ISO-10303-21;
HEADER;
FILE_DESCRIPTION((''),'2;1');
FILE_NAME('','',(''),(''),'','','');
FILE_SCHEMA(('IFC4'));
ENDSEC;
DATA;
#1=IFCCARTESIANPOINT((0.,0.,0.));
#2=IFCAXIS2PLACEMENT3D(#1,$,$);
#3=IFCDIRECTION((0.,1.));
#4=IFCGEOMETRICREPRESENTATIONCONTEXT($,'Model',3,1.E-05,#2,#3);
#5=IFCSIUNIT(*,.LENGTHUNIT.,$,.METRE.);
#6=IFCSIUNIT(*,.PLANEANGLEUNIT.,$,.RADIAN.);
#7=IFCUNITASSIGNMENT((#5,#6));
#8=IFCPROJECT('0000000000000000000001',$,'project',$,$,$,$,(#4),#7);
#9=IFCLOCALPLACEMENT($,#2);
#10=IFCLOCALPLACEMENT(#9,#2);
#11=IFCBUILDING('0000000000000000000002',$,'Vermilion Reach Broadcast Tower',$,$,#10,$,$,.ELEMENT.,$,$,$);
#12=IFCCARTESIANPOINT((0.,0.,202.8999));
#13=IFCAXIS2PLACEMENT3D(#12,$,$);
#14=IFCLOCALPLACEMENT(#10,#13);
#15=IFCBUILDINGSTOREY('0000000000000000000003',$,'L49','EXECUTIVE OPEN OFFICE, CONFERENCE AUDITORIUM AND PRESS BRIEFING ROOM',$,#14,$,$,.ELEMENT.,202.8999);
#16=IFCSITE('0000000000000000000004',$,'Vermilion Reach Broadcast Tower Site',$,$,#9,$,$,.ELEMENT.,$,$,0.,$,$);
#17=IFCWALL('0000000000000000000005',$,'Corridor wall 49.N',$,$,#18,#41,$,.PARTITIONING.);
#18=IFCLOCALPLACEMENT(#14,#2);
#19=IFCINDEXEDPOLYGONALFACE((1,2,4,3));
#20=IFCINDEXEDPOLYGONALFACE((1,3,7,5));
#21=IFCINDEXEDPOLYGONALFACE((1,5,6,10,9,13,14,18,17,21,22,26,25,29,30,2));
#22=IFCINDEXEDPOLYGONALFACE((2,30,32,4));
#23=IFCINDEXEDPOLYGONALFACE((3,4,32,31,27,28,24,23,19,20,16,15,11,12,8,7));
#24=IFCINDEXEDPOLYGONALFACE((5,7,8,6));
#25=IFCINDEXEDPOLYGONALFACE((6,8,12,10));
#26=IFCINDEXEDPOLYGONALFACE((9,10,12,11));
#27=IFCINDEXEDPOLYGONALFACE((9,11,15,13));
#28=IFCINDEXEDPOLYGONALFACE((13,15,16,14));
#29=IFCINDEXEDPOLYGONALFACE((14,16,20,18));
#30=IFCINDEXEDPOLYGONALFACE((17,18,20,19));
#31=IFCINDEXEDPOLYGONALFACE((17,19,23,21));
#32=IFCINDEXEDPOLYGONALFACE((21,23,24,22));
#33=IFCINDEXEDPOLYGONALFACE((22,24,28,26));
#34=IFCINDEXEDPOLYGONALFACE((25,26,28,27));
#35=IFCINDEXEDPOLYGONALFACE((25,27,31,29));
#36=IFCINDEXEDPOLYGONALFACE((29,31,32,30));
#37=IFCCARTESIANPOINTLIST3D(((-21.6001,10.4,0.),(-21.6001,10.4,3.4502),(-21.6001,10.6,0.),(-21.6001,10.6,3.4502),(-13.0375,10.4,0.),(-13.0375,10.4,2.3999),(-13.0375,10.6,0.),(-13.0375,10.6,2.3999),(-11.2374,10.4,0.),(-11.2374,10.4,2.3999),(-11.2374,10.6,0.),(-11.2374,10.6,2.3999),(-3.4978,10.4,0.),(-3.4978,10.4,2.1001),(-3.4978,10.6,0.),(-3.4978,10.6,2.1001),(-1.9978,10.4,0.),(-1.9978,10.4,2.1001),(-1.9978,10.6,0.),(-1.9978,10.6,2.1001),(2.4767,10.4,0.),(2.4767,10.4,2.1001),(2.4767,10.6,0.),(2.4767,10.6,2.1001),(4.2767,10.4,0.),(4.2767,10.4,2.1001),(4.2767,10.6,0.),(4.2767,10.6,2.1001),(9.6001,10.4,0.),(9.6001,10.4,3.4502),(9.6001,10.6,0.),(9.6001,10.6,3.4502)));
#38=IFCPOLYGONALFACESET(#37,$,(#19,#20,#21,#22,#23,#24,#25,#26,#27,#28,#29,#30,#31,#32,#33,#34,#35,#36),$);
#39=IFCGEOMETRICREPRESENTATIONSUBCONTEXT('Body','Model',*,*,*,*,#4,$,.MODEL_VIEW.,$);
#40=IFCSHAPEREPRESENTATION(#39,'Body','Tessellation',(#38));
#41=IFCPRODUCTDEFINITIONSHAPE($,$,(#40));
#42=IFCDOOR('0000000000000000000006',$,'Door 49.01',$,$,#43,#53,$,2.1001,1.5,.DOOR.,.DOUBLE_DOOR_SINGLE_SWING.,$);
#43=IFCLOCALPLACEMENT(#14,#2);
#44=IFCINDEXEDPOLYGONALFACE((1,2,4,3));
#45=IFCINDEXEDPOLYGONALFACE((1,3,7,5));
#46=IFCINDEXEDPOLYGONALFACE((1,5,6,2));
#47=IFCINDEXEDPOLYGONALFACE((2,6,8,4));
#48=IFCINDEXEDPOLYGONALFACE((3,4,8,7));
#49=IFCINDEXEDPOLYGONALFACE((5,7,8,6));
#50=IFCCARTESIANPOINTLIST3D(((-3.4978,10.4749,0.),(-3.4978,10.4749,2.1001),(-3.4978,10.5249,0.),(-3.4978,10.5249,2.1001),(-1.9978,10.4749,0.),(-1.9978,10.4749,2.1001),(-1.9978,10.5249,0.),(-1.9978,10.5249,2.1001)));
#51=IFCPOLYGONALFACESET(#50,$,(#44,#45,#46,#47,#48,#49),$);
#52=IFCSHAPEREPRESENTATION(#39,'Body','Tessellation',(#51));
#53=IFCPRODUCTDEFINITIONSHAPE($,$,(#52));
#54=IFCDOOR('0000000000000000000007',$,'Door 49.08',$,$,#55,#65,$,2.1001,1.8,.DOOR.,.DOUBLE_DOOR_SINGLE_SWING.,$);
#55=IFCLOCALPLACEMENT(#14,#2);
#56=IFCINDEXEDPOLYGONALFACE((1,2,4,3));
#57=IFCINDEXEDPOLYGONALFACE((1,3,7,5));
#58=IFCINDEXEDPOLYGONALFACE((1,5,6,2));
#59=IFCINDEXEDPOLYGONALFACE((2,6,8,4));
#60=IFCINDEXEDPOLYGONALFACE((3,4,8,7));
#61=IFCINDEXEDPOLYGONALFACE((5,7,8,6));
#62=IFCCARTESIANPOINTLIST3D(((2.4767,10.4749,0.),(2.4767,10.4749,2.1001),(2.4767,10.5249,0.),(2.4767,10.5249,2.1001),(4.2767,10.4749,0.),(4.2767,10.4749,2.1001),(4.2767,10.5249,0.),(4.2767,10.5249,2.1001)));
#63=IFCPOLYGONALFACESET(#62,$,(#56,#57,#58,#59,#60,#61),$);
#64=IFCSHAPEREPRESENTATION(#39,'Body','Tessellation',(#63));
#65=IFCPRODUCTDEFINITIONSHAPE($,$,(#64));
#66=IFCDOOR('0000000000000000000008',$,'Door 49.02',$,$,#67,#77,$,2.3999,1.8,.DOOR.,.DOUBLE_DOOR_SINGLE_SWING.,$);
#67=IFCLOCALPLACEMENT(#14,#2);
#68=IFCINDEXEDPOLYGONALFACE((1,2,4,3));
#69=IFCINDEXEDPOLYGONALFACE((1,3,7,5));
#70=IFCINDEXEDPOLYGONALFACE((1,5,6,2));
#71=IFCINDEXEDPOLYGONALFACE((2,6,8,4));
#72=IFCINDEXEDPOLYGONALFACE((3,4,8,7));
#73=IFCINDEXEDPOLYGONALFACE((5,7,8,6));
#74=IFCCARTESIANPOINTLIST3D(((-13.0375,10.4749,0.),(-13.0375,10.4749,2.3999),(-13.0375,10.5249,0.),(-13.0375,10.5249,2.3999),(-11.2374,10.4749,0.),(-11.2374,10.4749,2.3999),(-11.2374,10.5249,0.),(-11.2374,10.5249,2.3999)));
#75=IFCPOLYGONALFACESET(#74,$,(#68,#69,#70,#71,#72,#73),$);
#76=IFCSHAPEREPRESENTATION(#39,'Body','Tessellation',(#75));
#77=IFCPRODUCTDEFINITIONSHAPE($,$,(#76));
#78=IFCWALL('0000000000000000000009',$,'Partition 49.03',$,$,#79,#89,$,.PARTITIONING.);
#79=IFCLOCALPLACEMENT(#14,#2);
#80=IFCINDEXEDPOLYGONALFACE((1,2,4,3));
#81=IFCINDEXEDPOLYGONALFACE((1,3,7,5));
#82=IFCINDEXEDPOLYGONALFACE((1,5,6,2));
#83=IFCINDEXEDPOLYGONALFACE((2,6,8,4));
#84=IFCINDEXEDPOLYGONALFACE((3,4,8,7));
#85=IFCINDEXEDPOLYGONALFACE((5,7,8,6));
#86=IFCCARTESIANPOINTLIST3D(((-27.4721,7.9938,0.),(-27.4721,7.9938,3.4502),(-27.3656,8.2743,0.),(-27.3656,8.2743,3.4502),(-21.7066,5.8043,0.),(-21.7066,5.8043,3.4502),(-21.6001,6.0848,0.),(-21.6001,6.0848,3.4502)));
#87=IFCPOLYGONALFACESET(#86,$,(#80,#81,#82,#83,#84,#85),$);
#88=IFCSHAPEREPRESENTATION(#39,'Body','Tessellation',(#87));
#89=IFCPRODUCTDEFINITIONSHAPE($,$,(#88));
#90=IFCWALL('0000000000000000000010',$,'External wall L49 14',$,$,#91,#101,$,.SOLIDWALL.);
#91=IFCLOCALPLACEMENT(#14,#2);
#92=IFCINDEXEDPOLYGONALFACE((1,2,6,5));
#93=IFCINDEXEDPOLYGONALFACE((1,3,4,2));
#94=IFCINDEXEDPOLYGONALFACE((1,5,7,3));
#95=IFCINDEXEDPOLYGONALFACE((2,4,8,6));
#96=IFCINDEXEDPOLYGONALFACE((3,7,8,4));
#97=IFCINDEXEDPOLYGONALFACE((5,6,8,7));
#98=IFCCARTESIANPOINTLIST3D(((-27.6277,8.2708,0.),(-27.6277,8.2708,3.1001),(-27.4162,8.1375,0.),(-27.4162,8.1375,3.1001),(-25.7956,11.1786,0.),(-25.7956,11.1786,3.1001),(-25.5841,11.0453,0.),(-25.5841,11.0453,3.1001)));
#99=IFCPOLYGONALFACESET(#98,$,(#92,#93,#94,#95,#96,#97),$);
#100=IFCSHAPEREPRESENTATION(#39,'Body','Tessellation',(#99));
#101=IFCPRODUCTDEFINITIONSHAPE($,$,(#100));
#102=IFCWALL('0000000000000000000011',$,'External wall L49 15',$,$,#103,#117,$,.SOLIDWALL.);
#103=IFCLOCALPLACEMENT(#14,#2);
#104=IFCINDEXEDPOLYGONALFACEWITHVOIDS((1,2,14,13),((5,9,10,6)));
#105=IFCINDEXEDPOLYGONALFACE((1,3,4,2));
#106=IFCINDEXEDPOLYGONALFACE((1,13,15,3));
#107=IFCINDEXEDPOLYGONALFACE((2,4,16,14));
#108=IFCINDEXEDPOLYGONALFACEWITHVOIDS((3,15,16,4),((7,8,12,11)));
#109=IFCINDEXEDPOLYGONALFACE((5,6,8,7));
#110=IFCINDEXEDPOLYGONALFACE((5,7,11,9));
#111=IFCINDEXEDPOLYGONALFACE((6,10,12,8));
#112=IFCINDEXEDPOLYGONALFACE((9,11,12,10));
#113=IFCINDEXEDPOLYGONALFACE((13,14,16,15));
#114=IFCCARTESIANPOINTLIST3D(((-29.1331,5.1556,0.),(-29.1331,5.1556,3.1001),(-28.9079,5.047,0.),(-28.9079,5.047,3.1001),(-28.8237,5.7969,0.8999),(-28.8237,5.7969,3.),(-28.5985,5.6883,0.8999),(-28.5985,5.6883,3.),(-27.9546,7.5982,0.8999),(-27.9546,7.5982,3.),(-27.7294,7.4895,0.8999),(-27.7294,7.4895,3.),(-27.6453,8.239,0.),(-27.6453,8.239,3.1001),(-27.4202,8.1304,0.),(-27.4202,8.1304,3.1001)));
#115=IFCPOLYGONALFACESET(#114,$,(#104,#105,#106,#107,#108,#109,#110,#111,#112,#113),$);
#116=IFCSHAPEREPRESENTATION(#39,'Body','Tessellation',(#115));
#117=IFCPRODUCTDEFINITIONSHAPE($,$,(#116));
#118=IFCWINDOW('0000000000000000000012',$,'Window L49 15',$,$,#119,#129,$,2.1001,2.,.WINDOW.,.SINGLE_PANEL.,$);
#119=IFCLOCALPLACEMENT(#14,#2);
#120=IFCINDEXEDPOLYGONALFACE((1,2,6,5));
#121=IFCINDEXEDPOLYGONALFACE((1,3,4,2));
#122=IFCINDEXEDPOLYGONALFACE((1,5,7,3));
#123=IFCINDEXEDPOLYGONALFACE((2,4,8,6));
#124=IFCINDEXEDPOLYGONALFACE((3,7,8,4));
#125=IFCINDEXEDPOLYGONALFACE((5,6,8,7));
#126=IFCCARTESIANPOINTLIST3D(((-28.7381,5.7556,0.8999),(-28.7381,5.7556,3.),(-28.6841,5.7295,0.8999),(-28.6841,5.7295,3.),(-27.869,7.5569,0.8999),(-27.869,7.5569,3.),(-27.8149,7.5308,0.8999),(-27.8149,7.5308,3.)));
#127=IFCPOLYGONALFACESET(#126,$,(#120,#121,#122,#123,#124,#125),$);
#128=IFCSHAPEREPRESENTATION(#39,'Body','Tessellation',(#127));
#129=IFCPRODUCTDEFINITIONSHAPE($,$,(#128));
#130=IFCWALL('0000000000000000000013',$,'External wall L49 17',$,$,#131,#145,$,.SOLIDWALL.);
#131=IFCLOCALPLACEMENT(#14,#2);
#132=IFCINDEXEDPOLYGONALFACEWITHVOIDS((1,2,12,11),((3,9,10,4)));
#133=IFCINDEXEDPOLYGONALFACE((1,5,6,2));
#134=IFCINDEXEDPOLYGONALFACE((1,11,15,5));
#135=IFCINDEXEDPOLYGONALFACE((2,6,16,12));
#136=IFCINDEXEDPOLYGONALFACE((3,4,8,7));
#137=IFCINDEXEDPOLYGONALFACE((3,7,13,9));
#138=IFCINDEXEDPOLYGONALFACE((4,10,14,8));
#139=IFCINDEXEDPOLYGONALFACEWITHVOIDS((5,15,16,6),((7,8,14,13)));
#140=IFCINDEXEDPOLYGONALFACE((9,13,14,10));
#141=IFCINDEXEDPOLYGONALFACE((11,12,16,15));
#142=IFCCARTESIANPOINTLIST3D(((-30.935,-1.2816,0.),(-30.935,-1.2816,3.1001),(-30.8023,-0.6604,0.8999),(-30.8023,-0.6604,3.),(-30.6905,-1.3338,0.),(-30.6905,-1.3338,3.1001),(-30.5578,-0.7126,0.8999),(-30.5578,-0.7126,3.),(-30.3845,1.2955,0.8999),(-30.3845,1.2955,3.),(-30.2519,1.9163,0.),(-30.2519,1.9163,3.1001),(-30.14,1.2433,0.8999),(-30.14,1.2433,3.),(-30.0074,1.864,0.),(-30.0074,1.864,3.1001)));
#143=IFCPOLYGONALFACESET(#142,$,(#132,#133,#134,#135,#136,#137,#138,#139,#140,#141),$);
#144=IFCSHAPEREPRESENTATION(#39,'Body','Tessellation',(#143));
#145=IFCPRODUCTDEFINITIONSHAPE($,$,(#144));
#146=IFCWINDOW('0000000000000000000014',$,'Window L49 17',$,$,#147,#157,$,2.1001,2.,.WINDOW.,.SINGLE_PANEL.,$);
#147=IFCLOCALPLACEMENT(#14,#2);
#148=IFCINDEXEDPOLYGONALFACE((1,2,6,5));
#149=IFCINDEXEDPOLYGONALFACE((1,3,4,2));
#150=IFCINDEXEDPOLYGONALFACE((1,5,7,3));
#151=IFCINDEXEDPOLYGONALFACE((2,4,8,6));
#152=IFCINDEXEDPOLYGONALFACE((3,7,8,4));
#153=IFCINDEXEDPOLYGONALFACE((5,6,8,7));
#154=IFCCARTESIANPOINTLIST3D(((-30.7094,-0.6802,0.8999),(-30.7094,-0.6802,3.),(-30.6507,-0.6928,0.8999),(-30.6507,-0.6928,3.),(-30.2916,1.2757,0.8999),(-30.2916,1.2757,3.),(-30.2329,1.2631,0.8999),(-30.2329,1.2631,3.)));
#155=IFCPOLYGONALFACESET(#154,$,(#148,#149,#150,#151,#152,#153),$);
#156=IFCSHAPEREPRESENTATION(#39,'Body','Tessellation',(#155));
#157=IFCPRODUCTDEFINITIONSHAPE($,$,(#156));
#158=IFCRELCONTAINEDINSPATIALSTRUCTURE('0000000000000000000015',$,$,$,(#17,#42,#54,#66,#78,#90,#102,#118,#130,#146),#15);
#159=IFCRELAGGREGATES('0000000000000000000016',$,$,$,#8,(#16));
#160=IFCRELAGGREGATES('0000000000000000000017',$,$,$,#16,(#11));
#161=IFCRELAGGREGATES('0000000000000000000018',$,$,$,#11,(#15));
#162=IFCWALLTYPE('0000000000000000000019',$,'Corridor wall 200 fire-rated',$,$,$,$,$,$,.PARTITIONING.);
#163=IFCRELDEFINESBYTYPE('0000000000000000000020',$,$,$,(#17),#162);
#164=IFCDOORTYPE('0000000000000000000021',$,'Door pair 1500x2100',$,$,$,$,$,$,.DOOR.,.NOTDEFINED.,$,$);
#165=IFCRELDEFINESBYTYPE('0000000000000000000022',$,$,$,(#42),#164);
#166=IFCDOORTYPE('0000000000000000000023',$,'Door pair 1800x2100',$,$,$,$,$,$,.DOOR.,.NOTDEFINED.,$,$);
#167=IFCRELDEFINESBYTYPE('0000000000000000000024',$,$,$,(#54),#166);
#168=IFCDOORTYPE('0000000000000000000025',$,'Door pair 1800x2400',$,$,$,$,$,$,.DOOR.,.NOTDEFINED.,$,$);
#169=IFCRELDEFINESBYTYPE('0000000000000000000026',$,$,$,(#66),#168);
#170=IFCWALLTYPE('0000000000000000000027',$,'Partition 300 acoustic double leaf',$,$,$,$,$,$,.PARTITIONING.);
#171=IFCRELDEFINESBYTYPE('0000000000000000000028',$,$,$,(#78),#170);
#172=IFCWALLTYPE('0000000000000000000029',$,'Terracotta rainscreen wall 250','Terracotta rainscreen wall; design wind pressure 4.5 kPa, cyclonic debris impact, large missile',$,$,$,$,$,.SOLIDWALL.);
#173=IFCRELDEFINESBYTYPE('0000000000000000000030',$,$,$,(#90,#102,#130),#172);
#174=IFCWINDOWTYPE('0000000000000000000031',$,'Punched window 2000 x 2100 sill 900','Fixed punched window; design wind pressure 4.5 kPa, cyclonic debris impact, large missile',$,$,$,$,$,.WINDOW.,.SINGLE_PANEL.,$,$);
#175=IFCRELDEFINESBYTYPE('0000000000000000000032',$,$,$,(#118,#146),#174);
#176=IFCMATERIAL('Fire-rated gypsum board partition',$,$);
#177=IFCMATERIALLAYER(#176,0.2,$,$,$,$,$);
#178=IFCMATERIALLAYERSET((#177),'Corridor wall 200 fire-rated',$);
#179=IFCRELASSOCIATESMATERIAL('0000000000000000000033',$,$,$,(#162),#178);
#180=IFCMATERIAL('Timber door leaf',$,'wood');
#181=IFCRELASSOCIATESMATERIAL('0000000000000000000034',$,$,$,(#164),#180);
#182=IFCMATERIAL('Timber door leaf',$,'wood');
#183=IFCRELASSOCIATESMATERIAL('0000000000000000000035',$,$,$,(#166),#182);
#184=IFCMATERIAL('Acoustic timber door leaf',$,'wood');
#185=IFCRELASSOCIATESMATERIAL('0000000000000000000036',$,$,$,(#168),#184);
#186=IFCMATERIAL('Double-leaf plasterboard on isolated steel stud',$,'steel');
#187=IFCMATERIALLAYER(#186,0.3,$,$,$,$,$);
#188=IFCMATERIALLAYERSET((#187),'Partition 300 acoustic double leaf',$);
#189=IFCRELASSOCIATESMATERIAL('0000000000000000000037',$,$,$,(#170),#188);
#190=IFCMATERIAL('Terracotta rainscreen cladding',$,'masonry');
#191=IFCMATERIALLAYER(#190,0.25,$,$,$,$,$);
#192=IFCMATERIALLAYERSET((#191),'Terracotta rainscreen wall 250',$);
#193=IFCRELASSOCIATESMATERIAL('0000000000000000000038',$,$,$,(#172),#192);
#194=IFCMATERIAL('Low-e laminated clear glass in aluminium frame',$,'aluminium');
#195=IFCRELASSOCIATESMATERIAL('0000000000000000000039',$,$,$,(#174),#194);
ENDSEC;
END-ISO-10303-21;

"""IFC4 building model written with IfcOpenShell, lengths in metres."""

from ifc_helpers import new_model, si_unit, direction, frame, frame_2d, origin, place, context, subcontext, project, spatial, rectangle, extrude, material, layer, layer_set, type_object, element, fill, save


model = new_model("IFC4")

# Units and contexts
model_context = context("Model", 3, precision=1e-05, world=origin(), true_north=direction((0.0, 1.0)))
body_context = subcontext(model_context, "Body", "Model", "MODEL_VIEW")
ifc_project = project(units=[si_unit("LENGTHUNIT", "METRE"), si_unit("PLANEANGLEUNIT", "RADIAN")], contexts=[model_context])

# Site, building, storey
site_placement = place(None, origin())
site = spatial("IfcSite", under=ifc_project, at=site_placement, Name="Vermilion Reach Broadcast Tower Site", CompositionType="ELEMENT", RefElevation=0.0)
building_placement = place(site_placement, origin())
building = spatial("IfcBuilding", under=site, at=building_placement, Name="Vermilion Reach Broadcast Tower", CompositionType="ELEMENT")
storey_placement = place(building_placement, frame((0.0, 0.0, 202.8999)))
storey = spatial("IfcBuildingStorey", under=building, at=storey_placement, Name="L49", Description="EXECUTIVE OPEN OFFICE, CONFERENCE AUDITORIUM AND PRESS BRIEFING ROOM", CompositionType="ELEMENT", Elevation=202.8999)

# Wall, openings, doors
ifc_material_1 = material(Name="Fire-rated gypsum board partition")
ifc_layer_1 = layer(ifc_material_1, 0.2)
ifc_layer_set_1 = layer_set([ifc_layer_1], Name="Corridor wall 200 fire-rated")
wall_type_1 = type_object("IfcWallType", Name="Corridor wall 200 fire-rated", PredefinedType="PARTITIONING", material=ifc_layer_set_1)
wall_1_placement = place(storey_placement, frame((-21.6001, 10.5, 0.0), z_axis=(0.0, 0.0, 1.0), x_axis=(1.0, 0.0, 0.0)))
wall_1 = element("IfcWall", 1, at=wall_1_placement, inside=storey, type_object=wall_type_1, Name="Corridor wall 49.N", PredefinedType="PARTITIONING", context=body_context, shape_type="SweptSolid", body=[
    extrude(rectangle(XDim=31.2002, YDim=0.2, at=frame_2d((15.6001, 0.0))), origin(), (0.0, 0.0, 1.0), 3.4502),
])
opening_1_placement = place(wall_1_placement, frame((18.1023, 0.0, 0.0)))
opening_1 = element("IfcOpeningElement", 2, at=opening_1_placement, cuts=wall_1, PredefinedType="OPENING", context=body_context, shape_type="SweptSolid", body=[
    extrude(rectangle(XDim=1.5, YDim=2.1001, at=frame_2d((0.75, 1.05))), frame((0.0, 0.1099, 0.0), z_axis=(0.0, -1.0, 0.0), x_axis=(1.0, 0.0, 0.0)), (0.0, 0.0, 1.0), 0.22),
])
opening_2_placement = place(wall_1_placement, frame((8.5627, 0.0, 0.0)))
opening_2 = element("IfcOpeningElement", 3, at=opening_2_placement, cuts=wall_1, PredefinedType="OPENING", context=body_context, shape_type="SweptSolid", body=[
    extrude(rectangle(XDim=1.8, YDim=2.3999, at=frame_2d((0.8999, 1.2))), frame((0.0, 0.1099, 0.0), z_axis=(0.0, -1.0, 0.0), x_axis=(1.0, 0.0, 0.0)), (0.0, 0.0, 1.0), 0.22),
])
opening_3_placement = place(wall_1_placement, frame((24.0769, 0.0, 0.0)))
opening_3 = element("IfcOpeningElement", 4, at=opening_3_placement, cuts=wall_1, PredefinedType="OPENING", context=body_context, shape_type="SweptSolid", body=[
    extrude(rectangle(XDim=1.8, YDim=2.1001, at=frame_2d((0.8999, 1.05))), frame((0.0, 0.1099, 0.0), z_axis=(0.0, -1.0, 0.0), x_axis=(1.0, 0.0, 0.0)), (0.0, 0.0, 1.0), 0.22),
])
ifc_material_2 = material(Name="Timber door leaf", Category="wood")
door_type_1 = type_object("IfcDoorType", Name="Door pair 1500x2100", OperationType="NOTDEFINED", PredefinedType="DOOR", material=ifc_material_2)
door_1_placement = place(opening_1_placement, origin())
door_1 = element("IfcDoor", 5, at=door_1_placement, inside=storey, type_object=door_type_1, Name="Door 49.01", OperationType="DOUBLE_DOOR_SINGLE_SWING", OverallHeight=2.1001, OverallWidth=1.5, PredefinedType="DOOR", context=body_context, shape_type="SweptSolid", body=[
    extrude(rectangle(XDim=1.5, YDim=2.1001, at=frame_2d((0.75, 1.05))), frame((0.0, 0.0249, 0.0), z_axis=(0.0, -1.0, 0.0), x_axis=(1.0, 0.0, 0.0)), (0.0, 0.0, 1.0), 0.05),
])
fill(opening_1, door_1)
ifc_material_3 = material(Name="Timber door leaf", Category="wood")
door_type_2 = type_object("IfcDoorType", Name="Door pair 1800x2100", OperationType="NOTDEFINED", PredefinedType="DOOR", material=ifc_material_3)
door_2_placement = place(opening_3_placement, origin())
door_2 = element("IfcDoor", 6, at=door_2_placement, inside=storey, type_object=door_type_2, Name="Door 49.08", OperationType="DOUBLE_DOOR_SINGLE_SWING", OverallHeight=2.1001, OverallWidth=1.8, PredefinedType="DOOR", context=body_context, shape_type="SweptSolid", body=[
    extrude(rectangle(XDim=1.8, YDim=2.1001, at=frame_2d((0.8999, 1.05))), frame((0.0, 0.0249, 0.0), z_axis=(0.0, -1.0, 0.0), x_axis=(1.0, 0.0, 0.0)), (0.0, 0.0, 1.0), 0.05),
])
fill(opening_3, door_2)
ifc_material_4 = material(Name="Acoustic timber door leaf", Category="wood")
door_type_3 = type_object("IfcDoorType", Name="Door pair 1800x2400", OperationType="NOTDEFINED", PredefinedType="DOOR", material=ifc_material_4)
door_3_placement = place(opening_2_placement, origin())
door_3 = element("IfcDoor", 7, at=door_3_placement, inside=storey, type_object=door_type_3, Name="Door 49.02", OperationType="DOUBLE_DOOR_SINGLE_SWING", OverallHeight=2.3999, OverallWidth=1.8, PredefinedType="DOOR", context=body_context, shape_type="SweptSolid", body=[
    extrude(rectangle(XDim=1.8, YDim=2.3999, at=frame_2d((0.8999, 1.2))), frame((0.0, 0.0249, 0.0), z_axis=(0.0, -1.0, 0.0), x_axis=(1.0, 0.0, 0.0)), (0.0, 0.0, 1.0), 0.05),
])
fill(opening_2, door_3)

# Walls
ifc_material_5 = material(Name="Double-leaf plasterboard on isolated steel stud", Category="steel")
ifc_layer_2 = layer(ifc_material_5, 0.3)
ifc_layer_set_2 = layer_set([ifc_layer_2], Name="Partition 300 acoustic double leaf")
wall_type_2 = type_object("IfcWallType", Name="Partition 300 acoustic double leaf", PredefinedType="PARTITIONING", material=ifc_layer_set_2)
wall_2_placement = place(storey_placement, frame((-27.4187, 8.134, 0.0), z_axis=(0.0, 0.0, 1.0), x_axis=(0.934858, -0.355021, 0.0)))
element("IfcWall", 8, at=wall_2_placement, inside=storey, type_object=wall_type_2, Name="Partition 49.03", PredefinedType="PARTITIONING", context=body_context, shape_type="SweptSolid", body=[
    extrude(rectangle(XDim=6.1672, YDim=0.3, at=frame_2d((3.0835, 0.0))), origin(), (0.0, 0.0, 1.0), 3.4502),
])
ifc_material_6 = material(Name="Terracotta rainscreen cladding", Category="masonry")
ifc_layer_3 = layer(ifc_material_6, 0.25)
ifc_layer_set_3 = layer_set([ifc_layer_3], Name="Terracotta rainscreen wall 250")
wall_type_3 = type_object("IfcWallType", Name="Terracotta rainscreen wall 250", Description="Terracotta rainscreen wall; design wind pressure 4.5 kPa, cyclonic debris impact, large missile", PredefinedType="SOLIDWALL", material=ifc_layer_set_3)
wall_3_placement = place(storey_placement, frame((-25.6899, 11.1118, 0.0), z_axis=(0.0, 0.0, 1.0), x_axis=(-0.533073, -0.846069, 0.0)))
element("IfcWall", 9, at=wall_3_placement, inside=storey, type_object=wall_type_3, Name="External wall L49 14", PredefinedType="SOLIDWALL", context=body_context, shape_type="SweptSolid", body=[
    extrude(rectangle(XDim=3.4368, YDim=0.25, at=frame_2d((1.7183, 0.0))), origin(), (0.0, 0.0, 1.0), 3.1001),
])

# Wall, opening, window
wall_4_placement = place(storey_placement, frame((-27.5327, 8.1848, 0.0), z_axis=(0.0, 0.0, 1.0), x_axis=(-0.434562, -0.900642, 0.0)))
wall_4 = element("IfcWall", 10, at=wall_4_placement, inside=storey, type_object=wall_type_3, Name="External wall L49 15", PredefinedType="SOLIDWALL", context=body_context, shape_type="SweptSolid", body=[
    extrude(rectangle(XDim=3.4236, YDim=0.25, at=frame_2d((1.7119, 0.0))), origin(), (0.0, 0.0, 1.0), 3.1001),
])
opening_4_placement = place(wall_4_placement, frame((0.7117, 0.0, 0.8999)))
opening_4 = element("IfcOpeningElement", 11, at=opening_4_placement, cuts=wall_4, PredefinedType="OPENING", context=body_context, shape_type="SweptSolid", body=[
    extrude(rectangle(XDim=2.0, YDim=2.1001, at=frame_2d((1.0, 1.05))), frame((0.0, 0.135, 0.0), z_axis=(0.0, -1.0, 0.0), x_axis=(1.0, 0.0, 0.0)), (0.0, 0.0, 1.0), 0.27),
])
ifc_material_7 = material(Name="Low-e laminated clear glass in aluminium frame", Category="aluminium")
window_type = type_object("IfcWindowType", Name="Punched window 2000 x 2100 sill 900", Description="Fixed punched window; design wind pressure 4.5 kPa, cyclonic debris impact, large missile", PartitioningType="SINGLE_PANEL", PredefinedType="WINDOW", material=ifc_material_7)
window_1_placement = place(opening_4_placement, origin())
window_1 = element("IfcWindow", 12, at=window_1_placement, inside=storey, type_object=window_type, Name="Window L49 15", OverallHeight=2.1001, OverallWidth=2.0, PartitioningType="SINGLE_PANEL", PredefinedType="WINDOW", context=body_context, shape_type="SweptSolid", body=[
    extrude(rectangle(XDim=2.0, YDim=2.1001, at=frame_2d((1.0, 1.05))), frame((0.0, 0.03, 0.0), z_axis=(0.0, -1.0, 0.0), x_axis=(1.0, 0.0, 0.0)), (0.0, 0.0, 1.0), 0.0601),
])
fill(opening_4, window_1)

# Wall, opening, window
wall_5_placement = place(storey_placement, frame((-30.1296, 1.8901, 0.0), z_axis=(0.0, 0.0, 1.0), x_axis=(-0.208907, -0.977936, 0.0)))
wall_5 = element("IfcWall", 13, at=wall_5_placement, inside=storey, type_object=wall_type_3, Name="External wall L49 17", PredefinedType="SOLIDWALL", context=body_context, shape_type="SweptSolid", body=[
    extrude(rectangle(XDim=3.27, YDim=0.25, at=frame_2d((1.635, 0.0))), origin(), (0.0, 0.0, 1.0), 3.1001),
])
opening_5_placement = place(wall_5_placement, frame((0.6348, 0.0, 0.8999)))
opening_5 = element("IfcOpeningElement", 14, at=opening_5_placement, cuts=wall_5, PredefinedType="OPENING", context=body_context, shape_type="SweptSolid", body=[
    extrude(rectangle(XDim=2.0, YDim=2.1001, at=frame_2d((1.0, 1.05))), frame((0.0, 0.135, 0.0), z_axis=(0.0, -1.0, 0.0), x_axis=(1.0, 0.0, 0.0)), (0.0, 0.0, 1.0), 0.27),
])
window_2_placement = place(opening_5_placement, origin())
window_2 = element("IfcWindow", 15, at=window_2_placement, inside=storey, type_object=window_type, Name="Window L49 17", OverallHeight=2.1001, OverallWidth=2.0, PartitioningType="SINGLE_PANEL", PredefinedType="WINDOW", context=body_context, shape_type="SweptSolid", body=[
    extrude(rectangle(XDim=2.0, YDim=2.1001, at=frame_2d((1.0, 1.05))), frame((0.0, 0.03, 0.0), z_axis=(0.0, -1.0, 0.0), x_axis=(1.0, 0.0, 0.0)), (0.0, 0.0, 1.0), 0.0601),
])
fill(opening_5, window_2)

save(model, "model.ifc")
